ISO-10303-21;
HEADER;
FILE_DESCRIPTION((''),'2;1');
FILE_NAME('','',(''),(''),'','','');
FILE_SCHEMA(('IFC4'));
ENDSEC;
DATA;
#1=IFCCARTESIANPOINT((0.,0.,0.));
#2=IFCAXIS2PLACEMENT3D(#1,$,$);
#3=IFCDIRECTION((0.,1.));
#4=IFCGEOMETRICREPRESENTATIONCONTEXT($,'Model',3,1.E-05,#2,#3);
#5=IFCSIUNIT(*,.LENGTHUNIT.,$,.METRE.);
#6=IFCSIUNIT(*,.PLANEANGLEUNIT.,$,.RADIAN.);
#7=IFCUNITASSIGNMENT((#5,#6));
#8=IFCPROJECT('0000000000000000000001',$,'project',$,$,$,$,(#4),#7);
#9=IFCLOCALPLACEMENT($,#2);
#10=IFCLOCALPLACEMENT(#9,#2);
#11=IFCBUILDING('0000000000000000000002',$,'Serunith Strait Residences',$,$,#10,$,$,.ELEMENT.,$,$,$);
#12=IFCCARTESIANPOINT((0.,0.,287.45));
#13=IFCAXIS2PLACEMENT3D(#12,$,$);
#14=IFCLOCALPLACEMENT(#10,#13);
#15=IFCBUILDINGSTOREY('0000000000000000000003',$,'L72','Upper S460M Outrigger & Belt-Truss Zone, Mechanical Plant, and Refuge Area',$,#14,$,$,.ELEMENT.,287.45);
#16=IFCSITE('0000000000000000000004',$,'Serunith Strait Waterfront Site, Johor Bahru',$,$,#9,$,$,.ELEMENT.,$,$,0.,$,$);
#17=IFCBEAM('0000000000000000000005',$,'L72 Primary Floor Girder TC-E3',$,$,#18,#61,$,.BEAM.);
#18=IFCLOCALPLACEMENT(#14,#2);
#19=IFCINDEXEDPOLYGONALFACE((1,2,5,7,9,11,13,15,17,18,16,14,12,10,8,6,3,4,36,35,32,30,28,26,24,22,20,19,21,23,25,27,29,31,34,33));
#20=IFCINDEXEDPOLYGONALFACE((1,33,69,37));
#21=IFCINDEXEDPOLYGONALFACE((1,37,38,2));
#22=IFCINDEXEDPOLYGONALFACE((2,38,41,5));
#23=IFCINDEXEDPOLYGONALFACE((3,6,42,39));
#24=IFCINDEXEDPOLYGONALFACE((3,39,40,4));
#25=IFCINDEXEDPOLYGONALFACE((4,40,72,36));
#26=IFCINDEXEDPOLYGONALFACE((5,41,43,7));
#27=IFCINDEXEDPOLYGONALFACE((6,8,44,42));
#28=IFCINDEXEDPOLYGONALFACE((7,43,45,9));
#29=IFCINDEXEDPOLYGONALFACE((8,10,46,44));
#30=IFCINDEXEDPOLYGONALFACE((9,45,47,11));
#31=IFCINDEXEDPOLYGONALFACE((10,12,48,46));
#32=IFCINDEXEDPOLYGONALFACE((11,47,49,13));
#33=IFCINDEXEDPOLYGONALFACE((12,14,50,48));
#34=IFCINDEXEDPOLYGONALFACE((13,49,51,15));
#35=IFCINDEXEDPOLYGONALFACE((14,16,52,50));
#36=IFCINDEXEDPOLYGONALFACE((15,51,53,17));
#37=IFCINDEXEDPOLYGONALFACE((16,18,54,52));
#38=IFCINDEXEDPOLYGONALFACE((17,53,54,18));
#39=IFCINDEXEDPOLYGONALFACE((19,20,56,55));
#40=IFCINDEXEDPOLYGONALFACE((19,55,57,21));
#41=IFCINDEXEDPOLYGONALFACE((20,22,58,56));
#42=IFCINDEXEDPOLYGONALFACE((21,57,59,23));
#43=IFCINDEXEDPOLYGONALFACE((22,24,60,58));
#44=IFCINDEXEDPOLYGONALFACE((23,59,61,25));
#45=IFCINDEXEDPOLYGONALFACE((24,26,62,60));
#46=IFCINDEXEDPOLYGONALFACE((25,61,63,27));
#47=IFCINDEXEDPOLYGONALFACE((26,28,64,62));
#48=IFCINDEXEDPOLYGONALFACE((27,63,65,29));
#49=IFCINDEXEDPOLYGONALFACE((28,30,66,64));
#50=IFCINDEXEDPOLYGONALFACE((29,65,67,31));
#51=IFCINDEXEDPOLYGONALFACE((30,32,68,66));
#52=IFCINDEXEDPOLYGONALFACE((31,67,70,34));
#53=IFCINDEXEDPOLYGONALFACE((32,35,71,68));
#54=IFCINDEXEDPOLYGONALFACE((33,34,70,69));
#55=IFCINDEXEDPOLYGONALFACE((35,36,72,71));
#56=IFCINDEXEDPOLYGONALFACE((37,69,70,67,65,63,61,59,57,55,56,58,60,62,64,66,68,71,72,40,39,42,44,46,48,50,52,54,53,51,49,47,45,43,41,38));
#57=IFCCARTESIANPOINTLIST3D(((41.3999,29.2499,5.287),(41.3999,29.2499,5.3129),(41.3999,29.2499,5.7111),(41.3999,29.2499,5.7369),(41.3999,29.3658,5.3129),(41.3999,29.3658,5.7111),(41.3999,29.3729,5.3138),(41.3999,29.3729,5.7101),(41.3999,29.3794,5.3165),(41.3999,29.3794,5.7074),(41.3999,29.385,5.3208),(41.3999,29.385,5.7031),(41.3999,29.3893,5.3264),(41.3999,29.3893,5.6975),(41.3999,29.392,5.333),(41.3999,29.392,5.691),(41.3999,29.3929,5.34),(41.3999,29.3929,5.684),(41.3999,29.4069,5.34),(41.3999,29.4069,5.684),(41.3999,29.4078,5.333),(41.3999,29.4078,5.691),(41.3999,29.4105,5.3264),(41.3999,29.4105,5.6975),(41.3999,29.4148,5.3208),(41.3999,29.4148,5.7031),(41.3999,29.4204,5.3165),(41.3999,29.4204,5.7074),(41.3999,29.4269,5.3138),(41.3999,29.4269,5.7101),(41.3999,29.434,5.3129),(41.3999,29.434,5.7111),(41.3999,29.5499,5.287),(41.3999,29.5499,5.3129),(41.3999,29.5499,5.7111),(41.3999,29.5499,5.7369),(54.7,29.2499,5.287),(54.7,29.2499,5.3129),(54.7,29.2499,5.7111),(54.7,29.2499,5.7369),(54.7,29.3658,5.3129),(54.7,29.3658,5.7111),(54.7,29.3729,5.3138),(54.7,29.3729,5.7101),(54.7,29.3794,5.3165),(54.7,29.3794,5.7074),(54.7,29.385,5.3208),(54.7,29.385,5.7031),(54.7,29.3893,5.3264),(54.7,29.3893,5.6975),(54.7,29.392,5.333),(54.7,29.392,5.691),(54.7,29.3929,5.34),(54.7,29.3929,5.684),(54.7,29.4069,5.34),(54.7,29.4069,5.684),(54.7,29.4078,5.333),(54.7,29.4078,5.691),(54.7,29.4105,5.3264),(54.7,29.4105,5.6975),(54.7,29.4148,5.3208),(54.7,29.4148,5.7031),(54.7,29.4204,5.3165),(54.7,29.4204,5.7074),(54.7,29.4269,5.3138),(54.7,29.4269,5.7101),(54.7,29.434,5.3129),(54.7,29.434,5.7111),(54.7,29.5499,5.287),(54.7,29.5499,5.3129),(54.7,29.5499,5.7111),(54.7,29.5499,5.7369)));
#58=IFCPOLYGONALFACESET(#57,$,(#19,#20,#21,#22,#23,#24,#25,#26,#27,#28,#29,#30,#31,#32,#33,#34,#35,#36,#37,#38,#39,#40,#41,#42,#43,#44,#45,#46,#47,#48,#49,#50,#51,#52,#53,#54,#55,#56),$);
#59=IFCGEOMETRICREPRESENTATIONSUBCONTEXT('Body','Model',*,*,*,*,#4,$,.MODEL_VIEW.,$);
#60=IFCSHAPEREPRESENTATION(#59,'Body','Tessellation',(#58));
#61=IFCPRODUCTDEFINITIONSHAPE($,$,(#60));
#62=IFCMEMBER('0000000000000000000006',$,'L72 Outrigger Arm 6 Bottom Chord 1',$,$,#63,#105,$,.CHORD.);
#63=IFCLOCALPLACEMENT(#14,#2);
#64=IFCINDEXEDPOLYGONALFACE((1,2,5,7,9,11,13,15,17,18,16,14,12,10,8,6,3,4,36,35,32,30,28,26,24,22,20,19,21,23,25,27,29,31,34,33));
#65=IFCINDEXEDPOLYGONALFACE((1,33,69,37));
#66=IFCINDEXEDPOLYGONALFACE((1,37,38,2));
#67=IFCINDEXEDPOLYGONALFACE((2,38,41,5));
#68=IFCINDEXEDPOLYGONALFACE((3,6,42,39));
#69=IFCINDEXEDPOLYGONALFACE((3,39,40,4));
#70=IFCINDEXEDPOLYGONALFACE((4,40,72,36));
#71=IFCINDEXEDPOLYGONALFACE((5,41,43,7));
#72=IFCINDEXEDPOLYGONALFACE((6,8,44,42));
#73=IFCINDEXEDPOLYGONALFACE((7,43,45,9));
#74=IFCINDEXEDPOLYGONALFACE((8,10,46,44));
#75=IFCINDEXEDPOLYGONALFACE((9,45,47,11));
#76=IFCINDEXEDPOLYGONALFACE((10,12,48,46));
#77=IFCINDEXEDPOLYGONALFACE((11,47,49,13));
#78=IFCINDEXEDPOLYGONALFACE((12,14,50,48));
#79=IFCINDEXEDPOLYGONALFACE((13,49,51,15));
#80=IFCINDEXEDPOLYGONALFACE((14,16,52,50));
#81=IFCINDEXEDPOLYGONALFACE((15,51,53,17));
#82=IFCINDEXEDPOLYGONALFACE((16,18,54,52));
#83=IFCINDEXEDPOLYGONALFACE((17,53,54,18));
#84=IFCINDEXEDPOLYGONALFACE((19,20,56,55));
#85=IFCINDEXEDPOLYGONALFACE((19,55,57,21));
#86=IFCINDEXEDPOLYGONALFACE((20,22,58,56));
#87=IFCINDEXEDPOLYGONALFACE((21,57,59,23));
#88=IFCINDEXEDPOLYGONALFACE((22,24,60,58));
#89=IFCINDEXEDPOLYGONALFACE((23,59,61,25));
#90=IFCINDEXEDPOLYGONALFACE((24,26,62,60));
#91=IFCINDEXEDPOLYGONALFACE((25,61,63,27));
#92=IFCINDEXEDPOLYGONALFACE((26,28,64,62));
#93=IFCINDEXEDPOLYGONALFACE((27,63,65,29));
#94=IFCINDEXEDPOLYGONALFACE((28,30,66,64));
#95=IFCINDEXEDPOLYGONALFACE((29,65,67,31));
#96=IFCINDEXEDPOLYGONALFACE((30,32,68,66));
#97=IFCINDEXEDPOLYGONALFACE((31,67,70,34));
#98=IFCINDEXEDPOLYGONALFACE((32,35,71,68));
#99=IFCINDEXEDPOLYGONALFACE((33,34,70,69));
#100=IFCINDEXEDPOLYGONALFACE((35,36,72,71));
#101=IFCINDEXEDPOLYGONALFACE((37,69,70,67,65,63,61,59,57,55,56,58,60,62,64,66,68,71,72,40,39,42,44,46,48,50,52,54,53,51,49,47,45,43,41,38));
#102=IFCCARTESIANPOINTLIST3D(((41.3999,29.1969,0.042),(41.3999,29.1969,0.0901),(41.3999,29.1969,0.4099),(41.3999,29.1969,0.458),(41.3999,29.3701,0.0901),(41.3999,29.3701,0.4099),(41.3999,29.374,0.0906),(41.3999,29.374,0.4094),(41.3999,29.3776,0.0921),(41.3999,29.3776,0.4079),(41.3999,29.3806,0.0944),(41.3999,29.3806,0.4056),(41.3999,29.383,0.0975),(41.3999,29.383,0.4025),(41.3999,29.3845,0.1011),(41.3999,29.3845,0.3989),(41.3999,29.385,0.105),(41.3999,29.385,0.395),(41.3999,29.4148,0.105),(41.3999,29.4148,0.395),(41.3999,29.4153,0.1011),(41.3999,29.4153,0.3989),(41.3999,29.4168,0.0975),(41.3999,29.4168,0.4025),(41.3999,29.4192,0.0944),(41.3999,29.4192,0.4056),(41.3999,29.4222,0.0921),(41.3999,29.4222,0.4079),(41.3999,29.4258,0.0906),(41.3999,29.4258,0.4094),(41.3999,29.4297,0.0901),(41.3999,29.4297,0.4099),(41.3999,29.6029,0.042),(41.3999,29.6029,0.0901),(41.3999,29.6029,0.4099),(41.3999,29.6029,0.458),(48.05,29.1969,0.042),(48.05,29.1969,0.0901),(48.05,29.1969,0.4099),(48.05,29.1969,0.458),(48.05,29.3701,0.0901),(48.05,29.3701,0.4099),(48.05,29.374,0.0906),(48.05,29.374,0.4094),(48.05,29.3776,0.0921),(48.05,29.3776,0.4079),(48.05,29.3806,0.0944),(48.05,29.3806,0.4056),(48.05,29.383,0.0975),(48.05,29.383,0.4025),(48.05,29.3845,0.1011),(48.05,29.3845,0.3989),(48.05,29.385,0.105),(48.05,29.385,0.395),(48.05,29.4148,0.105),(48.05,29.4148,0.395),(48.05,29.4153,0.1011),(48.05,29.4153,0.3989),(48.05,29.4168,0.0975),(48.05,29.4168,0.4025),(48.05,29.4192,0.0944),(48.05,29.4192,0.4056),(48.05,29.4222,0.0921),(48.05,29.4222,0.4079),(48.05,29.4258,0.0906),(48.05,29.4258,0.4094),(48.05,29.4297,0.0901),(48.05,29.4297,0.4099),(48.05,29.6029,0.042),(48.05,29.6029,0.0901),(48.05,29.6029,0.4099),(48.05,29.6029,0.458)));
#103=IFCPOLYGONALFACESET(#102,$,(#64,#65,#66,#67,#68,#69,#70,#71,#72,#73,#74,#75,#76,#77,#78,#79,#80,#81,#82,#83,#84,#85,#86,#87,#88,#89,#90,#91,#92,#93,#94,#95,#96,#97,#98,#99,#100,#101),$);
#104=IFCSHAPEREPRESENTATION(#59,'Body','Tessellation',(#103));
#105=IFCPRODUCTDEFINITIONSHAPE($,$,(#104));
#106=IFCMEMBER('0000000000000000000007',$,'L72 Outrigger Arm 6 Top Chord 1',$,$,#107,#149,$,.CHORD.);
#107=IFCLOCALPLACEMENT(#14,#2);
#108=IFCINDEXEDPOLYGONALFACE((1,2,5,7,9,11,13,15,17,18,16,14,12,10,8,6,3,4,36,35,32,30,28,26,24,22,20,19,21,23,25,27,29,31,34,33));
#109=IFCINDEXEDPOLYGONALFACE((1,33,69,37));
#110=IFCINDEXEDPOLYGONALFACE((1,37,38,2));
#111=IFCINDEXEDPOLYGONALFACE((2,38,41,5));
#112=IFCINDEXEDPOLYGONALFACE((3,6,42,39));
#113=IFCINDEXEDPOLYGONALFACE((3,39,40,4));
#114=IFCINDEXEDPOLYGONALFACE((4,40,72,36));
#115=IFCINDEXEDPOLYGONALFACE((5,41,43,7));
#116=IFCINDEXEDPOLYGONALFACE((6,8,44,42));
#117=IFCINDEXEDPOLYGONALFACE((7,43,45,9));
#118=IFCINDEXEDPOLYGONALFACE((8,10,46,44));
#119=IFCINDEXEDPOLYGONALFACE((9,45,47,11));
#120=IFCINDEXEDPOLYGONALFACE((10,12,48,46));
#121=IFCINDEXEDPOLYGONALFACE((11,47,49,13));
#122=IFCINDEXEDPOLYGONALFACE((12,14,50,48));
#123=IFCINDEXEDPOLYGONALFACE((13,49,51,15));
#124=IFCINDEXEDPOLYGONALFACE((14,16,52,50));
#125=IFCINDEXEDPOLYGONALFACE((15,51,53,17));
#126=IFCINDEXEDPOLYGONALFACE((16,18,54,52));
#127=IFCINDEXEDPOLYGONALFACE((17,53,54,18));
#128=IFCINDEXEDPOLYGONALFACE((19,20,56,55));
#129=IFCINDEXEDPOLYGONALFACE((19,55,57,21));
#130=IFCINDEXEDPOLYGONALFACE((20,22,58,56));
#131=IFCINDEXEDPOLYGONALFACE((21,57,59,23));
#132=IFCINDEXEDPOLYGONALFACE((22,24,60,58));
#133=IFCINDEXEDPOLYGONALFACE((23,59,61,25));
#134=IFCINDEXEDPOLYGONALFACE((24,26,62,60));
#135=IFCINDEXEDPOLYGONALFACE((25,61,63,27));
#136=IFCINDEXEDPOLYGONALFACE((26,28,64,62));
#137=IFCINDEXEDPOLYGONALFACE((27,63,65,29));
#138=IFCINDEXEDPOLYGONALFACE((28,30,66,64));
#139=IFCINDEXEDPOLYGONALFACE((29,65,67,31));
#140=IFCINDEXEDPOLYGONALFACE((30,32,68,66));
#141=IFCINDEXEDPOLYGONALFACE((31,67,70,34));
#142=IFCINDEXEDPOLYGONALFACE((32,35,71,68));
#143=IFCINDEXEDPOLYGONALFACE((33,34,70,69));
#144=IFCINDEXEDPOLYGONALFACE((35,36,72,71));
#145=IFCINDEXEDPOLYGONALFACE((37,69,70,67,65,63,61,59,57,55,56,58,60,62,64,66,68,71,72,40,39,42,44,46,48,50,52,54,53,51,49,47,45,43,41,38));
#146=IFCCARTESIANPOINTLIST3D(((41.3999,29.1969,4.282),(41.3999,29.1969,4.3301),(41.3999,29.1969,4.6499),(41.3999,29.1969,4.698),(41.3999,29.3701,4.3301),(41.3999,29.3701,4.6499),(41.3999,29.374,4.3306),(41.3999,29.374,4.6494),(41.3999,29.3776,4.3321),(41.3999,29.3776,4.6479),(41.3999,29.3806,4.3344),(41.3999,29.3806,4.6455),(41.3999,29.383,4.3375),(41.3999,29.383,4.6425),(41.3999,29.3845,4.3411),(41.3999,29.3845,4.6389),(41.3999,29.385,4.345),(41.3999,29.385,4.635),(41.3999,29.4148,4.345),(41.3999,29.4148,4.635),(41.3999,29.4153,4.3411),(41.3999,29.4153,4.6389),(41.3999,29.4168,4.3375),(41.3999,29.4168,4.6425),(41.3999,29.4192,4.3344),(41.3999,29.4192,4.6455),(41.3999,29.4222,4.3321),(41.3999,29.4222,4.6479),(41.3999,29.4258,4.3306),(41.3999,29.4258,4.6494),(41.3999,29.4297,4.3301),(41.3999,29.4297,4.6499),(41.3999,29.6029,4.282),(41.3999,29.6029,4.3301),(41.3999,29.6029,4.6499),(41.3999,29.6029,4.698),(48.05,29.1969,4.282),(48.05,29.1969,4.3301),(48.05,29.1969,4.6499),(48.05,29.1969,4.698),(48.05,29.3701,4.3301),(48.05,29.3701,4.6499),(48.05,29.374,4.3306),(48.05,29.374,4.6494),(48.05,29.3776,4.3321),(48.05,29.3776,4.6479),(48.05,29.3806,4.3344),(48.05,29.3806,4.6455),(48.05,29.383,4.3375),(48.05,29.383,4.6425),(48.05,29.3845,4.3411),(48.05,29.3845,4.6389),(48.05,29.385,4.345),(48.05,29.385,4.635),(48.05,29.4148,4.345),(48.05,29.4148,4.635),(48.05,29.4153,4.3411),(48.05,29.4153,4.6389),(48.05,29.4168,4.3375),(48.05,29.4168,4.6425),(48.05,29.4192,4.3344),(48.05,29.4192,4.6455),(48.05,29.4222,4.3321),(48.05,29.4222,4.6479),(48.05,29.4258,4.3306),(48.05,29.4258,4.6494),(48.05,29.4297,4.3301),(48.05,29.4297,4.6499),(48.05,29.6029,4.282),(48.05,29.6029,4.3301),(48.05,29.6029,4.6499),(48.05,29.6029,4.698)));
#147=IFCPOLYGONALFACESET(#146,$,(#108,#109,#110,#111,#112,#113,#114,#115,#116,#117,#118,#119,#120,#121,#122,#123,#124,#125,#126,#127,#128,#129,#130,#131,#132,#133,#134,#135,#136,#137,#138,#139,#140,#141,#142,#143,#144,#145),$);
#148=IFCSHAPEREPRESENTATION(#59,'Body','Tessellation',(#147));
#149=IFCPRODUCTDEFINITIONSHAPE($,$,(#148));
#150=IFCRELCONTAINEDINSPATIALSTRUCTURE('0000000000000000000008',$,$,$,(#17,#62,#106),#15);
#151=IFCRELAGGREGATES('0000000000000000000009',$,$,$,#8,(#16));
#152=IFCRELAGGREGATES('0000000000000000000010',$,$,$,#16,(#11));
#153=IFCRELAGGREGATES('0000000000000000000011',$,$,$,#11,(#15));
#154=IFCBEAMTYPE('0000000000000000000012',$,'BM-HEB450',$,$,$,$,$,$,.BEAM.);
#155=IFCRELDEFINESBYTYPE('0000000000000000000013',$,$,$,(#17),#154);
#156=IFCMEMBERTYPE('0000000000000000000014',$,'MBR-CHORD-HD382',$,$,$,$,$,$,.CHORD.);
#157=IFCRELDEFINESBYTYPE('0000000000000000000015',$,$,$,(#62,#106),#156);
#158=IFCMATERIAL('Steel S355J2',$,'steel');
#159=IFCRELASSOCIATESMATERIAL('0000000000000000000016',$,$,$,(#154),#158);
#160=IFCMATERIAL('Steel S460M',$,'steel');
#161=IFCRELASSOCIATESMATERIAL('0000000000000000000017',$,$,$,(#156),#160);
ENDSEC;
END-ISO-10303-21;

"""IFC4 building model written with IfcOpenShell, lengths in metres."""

from ifc_helpers import new_model, si_unit, direction, frame, origin, origin_2d, place, context, subcontext, project, spatial, i_section, extrude, source, transform, mapped, material, material_profile, profile_set, type_object, element, save


model = new_model("IFC4")

# Units and contexts
model_context = context("Model", 3, precision=1e-05, world=origin(), true_north=direction((0.0, 1.0)))
body_context = subcontext(model_context, "Body", "Model", "MODEL_VIEW")
ifc_project = project(units=[si_unit("LENGTHUNIT", "METRE"), si_unit("PLANEANGLEUNIT", "RADIAN")], contexts=[model_context])

# Site, building, storey
site_placement = place(None, origin())
site = spatial("IfcSite", under=ifc_project, at=site_placement, Name="Serunith Strait Waterfront Site, Johor Bahru", CompositionType="ELEMENT", RefElevation=0.0)
building_placement = place(site_placement, origin())
building = spatial("IfcBuilding", under=site, at=building_placement, Name="Serunith Strait Residences", CompositionType="ELEMENT")
storey_placement = place(building_placement, frame((0.0, 0.0, 287.45)))
storey = spatial("IfcBuildingStorey", under=building, at=storey_placement, Name="L72", Description="Upper S460M Outrigger & Belt-Truss Zone, Mechanical Plant, and Refuge Area", CompositionType="ELEMENT", Elevation=287.45)

# Beam
ifc_material_1 = material(Name="Steel S355J2", Category="steel")
ifc_material_profile_1 = material_profile(ifc_material_1, i_section(OverallWidth=0.3, OverallDepth=0.45, WebThickness=0.0139, FlangeThickness=0.0259, FilletRadius=0.0271, at=origin_2d()), Name="HEB 450")
ifc_profile_set_1 = profile_set([ifc_material_profile_1], Name="Steel S355J2")
beam_type = type_object("IfcBeamType", Name="BM-HEB450", PredefinedType="BEAM", material=ifc_profile_set_1)
shared_shape_1 = source(origin(), body_context, "Body", "SweptSolid", [
    extrude(i_section(OverallWidth=0.3, OverallDepth=0.45, WebThickness=0.0139, FlangeThickness=0.0259, FilletRadius=0.0271, at=origin_2d()), origin(), (0.0, 0.0, 1.0), 13.3),
])
beam_placement = place(storey_placement, frame((41.3999, 29.3999, 5.512), z_axis=(1.0, 0.0, 0.0), x_axis=(0.0, 1.0, 0.0)))
element("IfcBeam", 1, at=beam_placement, inside=storey, type_object=beam_type, Name="L72 Primary Floor Girder TC-E3", PredefinedType="BEAM", context=body_context, shape_type="MappedRepresentation", body=[
    mapped(shared_shape_1, transform((0.0, 0.0, 0.0), scale=1.0)),
])

# Members
ifc_material_2 = material(Name="Steel S460M", Category="steel")
ifc_material_profile_2 = material_profile(ifc_material_2, i_section(OverallWidth=0.406, OverallDepth=0.416, WebThickness=0.0298, FlangeThickness=0.0481, FilletRadius=0.0149, at=origin_2d()), Name="HD 400x382")
ifc_profile_set_2 = profile_set([ifc_material_profile_2], Name="Steel S460M")
member_type_1 = type_object("IfcMemberType", Name="MBR-CHORD-HD382", PredefinedType="CHORD", material=ifc_profile_set_2)
shared_shape_2 = source(origin(), body_context, "Body", "SweptSolid", [
    extrude(i_section(OverallWidth=0.406, OverallDepth=0.416, WebThickness=0.0298, FlangeThickness=0.0481, FilletRadius=0.0149, at=origin_2d()), origin(), (0.0, 0.0, 1.0), 6.6501),
])
for number, where, z_axis, x_axis, name in (
    (2, (41.3999, 29.3999, 0.25), (1.0, 0.0, 0.0), (0.0, 1.0, 0.0), "L72 Outrigger Arm 6 Bottom Chord 1"),
    (3, (41.3999, 29.3999, 4.49), (1.0, 0.0, 0.0), (0.0, 1.0, 0.0), "L72 Outrigger Arm 6 Top Chord 1"),
):
    element("IfcMember", number, at=place(storey_placement, frame(where, z_axis=z_axis, x_axis=x_axis)), inside=storey, type_object=member_type_1, Name=name, PredefinedType="CHORD", context=body_context, shape_type="MappedRepresentation", body=[
        mapped(shared_shape_2, transform((0.0, 0.0, 0.0), scale=1.0)),
    ])

save(model, "model.ifc")
